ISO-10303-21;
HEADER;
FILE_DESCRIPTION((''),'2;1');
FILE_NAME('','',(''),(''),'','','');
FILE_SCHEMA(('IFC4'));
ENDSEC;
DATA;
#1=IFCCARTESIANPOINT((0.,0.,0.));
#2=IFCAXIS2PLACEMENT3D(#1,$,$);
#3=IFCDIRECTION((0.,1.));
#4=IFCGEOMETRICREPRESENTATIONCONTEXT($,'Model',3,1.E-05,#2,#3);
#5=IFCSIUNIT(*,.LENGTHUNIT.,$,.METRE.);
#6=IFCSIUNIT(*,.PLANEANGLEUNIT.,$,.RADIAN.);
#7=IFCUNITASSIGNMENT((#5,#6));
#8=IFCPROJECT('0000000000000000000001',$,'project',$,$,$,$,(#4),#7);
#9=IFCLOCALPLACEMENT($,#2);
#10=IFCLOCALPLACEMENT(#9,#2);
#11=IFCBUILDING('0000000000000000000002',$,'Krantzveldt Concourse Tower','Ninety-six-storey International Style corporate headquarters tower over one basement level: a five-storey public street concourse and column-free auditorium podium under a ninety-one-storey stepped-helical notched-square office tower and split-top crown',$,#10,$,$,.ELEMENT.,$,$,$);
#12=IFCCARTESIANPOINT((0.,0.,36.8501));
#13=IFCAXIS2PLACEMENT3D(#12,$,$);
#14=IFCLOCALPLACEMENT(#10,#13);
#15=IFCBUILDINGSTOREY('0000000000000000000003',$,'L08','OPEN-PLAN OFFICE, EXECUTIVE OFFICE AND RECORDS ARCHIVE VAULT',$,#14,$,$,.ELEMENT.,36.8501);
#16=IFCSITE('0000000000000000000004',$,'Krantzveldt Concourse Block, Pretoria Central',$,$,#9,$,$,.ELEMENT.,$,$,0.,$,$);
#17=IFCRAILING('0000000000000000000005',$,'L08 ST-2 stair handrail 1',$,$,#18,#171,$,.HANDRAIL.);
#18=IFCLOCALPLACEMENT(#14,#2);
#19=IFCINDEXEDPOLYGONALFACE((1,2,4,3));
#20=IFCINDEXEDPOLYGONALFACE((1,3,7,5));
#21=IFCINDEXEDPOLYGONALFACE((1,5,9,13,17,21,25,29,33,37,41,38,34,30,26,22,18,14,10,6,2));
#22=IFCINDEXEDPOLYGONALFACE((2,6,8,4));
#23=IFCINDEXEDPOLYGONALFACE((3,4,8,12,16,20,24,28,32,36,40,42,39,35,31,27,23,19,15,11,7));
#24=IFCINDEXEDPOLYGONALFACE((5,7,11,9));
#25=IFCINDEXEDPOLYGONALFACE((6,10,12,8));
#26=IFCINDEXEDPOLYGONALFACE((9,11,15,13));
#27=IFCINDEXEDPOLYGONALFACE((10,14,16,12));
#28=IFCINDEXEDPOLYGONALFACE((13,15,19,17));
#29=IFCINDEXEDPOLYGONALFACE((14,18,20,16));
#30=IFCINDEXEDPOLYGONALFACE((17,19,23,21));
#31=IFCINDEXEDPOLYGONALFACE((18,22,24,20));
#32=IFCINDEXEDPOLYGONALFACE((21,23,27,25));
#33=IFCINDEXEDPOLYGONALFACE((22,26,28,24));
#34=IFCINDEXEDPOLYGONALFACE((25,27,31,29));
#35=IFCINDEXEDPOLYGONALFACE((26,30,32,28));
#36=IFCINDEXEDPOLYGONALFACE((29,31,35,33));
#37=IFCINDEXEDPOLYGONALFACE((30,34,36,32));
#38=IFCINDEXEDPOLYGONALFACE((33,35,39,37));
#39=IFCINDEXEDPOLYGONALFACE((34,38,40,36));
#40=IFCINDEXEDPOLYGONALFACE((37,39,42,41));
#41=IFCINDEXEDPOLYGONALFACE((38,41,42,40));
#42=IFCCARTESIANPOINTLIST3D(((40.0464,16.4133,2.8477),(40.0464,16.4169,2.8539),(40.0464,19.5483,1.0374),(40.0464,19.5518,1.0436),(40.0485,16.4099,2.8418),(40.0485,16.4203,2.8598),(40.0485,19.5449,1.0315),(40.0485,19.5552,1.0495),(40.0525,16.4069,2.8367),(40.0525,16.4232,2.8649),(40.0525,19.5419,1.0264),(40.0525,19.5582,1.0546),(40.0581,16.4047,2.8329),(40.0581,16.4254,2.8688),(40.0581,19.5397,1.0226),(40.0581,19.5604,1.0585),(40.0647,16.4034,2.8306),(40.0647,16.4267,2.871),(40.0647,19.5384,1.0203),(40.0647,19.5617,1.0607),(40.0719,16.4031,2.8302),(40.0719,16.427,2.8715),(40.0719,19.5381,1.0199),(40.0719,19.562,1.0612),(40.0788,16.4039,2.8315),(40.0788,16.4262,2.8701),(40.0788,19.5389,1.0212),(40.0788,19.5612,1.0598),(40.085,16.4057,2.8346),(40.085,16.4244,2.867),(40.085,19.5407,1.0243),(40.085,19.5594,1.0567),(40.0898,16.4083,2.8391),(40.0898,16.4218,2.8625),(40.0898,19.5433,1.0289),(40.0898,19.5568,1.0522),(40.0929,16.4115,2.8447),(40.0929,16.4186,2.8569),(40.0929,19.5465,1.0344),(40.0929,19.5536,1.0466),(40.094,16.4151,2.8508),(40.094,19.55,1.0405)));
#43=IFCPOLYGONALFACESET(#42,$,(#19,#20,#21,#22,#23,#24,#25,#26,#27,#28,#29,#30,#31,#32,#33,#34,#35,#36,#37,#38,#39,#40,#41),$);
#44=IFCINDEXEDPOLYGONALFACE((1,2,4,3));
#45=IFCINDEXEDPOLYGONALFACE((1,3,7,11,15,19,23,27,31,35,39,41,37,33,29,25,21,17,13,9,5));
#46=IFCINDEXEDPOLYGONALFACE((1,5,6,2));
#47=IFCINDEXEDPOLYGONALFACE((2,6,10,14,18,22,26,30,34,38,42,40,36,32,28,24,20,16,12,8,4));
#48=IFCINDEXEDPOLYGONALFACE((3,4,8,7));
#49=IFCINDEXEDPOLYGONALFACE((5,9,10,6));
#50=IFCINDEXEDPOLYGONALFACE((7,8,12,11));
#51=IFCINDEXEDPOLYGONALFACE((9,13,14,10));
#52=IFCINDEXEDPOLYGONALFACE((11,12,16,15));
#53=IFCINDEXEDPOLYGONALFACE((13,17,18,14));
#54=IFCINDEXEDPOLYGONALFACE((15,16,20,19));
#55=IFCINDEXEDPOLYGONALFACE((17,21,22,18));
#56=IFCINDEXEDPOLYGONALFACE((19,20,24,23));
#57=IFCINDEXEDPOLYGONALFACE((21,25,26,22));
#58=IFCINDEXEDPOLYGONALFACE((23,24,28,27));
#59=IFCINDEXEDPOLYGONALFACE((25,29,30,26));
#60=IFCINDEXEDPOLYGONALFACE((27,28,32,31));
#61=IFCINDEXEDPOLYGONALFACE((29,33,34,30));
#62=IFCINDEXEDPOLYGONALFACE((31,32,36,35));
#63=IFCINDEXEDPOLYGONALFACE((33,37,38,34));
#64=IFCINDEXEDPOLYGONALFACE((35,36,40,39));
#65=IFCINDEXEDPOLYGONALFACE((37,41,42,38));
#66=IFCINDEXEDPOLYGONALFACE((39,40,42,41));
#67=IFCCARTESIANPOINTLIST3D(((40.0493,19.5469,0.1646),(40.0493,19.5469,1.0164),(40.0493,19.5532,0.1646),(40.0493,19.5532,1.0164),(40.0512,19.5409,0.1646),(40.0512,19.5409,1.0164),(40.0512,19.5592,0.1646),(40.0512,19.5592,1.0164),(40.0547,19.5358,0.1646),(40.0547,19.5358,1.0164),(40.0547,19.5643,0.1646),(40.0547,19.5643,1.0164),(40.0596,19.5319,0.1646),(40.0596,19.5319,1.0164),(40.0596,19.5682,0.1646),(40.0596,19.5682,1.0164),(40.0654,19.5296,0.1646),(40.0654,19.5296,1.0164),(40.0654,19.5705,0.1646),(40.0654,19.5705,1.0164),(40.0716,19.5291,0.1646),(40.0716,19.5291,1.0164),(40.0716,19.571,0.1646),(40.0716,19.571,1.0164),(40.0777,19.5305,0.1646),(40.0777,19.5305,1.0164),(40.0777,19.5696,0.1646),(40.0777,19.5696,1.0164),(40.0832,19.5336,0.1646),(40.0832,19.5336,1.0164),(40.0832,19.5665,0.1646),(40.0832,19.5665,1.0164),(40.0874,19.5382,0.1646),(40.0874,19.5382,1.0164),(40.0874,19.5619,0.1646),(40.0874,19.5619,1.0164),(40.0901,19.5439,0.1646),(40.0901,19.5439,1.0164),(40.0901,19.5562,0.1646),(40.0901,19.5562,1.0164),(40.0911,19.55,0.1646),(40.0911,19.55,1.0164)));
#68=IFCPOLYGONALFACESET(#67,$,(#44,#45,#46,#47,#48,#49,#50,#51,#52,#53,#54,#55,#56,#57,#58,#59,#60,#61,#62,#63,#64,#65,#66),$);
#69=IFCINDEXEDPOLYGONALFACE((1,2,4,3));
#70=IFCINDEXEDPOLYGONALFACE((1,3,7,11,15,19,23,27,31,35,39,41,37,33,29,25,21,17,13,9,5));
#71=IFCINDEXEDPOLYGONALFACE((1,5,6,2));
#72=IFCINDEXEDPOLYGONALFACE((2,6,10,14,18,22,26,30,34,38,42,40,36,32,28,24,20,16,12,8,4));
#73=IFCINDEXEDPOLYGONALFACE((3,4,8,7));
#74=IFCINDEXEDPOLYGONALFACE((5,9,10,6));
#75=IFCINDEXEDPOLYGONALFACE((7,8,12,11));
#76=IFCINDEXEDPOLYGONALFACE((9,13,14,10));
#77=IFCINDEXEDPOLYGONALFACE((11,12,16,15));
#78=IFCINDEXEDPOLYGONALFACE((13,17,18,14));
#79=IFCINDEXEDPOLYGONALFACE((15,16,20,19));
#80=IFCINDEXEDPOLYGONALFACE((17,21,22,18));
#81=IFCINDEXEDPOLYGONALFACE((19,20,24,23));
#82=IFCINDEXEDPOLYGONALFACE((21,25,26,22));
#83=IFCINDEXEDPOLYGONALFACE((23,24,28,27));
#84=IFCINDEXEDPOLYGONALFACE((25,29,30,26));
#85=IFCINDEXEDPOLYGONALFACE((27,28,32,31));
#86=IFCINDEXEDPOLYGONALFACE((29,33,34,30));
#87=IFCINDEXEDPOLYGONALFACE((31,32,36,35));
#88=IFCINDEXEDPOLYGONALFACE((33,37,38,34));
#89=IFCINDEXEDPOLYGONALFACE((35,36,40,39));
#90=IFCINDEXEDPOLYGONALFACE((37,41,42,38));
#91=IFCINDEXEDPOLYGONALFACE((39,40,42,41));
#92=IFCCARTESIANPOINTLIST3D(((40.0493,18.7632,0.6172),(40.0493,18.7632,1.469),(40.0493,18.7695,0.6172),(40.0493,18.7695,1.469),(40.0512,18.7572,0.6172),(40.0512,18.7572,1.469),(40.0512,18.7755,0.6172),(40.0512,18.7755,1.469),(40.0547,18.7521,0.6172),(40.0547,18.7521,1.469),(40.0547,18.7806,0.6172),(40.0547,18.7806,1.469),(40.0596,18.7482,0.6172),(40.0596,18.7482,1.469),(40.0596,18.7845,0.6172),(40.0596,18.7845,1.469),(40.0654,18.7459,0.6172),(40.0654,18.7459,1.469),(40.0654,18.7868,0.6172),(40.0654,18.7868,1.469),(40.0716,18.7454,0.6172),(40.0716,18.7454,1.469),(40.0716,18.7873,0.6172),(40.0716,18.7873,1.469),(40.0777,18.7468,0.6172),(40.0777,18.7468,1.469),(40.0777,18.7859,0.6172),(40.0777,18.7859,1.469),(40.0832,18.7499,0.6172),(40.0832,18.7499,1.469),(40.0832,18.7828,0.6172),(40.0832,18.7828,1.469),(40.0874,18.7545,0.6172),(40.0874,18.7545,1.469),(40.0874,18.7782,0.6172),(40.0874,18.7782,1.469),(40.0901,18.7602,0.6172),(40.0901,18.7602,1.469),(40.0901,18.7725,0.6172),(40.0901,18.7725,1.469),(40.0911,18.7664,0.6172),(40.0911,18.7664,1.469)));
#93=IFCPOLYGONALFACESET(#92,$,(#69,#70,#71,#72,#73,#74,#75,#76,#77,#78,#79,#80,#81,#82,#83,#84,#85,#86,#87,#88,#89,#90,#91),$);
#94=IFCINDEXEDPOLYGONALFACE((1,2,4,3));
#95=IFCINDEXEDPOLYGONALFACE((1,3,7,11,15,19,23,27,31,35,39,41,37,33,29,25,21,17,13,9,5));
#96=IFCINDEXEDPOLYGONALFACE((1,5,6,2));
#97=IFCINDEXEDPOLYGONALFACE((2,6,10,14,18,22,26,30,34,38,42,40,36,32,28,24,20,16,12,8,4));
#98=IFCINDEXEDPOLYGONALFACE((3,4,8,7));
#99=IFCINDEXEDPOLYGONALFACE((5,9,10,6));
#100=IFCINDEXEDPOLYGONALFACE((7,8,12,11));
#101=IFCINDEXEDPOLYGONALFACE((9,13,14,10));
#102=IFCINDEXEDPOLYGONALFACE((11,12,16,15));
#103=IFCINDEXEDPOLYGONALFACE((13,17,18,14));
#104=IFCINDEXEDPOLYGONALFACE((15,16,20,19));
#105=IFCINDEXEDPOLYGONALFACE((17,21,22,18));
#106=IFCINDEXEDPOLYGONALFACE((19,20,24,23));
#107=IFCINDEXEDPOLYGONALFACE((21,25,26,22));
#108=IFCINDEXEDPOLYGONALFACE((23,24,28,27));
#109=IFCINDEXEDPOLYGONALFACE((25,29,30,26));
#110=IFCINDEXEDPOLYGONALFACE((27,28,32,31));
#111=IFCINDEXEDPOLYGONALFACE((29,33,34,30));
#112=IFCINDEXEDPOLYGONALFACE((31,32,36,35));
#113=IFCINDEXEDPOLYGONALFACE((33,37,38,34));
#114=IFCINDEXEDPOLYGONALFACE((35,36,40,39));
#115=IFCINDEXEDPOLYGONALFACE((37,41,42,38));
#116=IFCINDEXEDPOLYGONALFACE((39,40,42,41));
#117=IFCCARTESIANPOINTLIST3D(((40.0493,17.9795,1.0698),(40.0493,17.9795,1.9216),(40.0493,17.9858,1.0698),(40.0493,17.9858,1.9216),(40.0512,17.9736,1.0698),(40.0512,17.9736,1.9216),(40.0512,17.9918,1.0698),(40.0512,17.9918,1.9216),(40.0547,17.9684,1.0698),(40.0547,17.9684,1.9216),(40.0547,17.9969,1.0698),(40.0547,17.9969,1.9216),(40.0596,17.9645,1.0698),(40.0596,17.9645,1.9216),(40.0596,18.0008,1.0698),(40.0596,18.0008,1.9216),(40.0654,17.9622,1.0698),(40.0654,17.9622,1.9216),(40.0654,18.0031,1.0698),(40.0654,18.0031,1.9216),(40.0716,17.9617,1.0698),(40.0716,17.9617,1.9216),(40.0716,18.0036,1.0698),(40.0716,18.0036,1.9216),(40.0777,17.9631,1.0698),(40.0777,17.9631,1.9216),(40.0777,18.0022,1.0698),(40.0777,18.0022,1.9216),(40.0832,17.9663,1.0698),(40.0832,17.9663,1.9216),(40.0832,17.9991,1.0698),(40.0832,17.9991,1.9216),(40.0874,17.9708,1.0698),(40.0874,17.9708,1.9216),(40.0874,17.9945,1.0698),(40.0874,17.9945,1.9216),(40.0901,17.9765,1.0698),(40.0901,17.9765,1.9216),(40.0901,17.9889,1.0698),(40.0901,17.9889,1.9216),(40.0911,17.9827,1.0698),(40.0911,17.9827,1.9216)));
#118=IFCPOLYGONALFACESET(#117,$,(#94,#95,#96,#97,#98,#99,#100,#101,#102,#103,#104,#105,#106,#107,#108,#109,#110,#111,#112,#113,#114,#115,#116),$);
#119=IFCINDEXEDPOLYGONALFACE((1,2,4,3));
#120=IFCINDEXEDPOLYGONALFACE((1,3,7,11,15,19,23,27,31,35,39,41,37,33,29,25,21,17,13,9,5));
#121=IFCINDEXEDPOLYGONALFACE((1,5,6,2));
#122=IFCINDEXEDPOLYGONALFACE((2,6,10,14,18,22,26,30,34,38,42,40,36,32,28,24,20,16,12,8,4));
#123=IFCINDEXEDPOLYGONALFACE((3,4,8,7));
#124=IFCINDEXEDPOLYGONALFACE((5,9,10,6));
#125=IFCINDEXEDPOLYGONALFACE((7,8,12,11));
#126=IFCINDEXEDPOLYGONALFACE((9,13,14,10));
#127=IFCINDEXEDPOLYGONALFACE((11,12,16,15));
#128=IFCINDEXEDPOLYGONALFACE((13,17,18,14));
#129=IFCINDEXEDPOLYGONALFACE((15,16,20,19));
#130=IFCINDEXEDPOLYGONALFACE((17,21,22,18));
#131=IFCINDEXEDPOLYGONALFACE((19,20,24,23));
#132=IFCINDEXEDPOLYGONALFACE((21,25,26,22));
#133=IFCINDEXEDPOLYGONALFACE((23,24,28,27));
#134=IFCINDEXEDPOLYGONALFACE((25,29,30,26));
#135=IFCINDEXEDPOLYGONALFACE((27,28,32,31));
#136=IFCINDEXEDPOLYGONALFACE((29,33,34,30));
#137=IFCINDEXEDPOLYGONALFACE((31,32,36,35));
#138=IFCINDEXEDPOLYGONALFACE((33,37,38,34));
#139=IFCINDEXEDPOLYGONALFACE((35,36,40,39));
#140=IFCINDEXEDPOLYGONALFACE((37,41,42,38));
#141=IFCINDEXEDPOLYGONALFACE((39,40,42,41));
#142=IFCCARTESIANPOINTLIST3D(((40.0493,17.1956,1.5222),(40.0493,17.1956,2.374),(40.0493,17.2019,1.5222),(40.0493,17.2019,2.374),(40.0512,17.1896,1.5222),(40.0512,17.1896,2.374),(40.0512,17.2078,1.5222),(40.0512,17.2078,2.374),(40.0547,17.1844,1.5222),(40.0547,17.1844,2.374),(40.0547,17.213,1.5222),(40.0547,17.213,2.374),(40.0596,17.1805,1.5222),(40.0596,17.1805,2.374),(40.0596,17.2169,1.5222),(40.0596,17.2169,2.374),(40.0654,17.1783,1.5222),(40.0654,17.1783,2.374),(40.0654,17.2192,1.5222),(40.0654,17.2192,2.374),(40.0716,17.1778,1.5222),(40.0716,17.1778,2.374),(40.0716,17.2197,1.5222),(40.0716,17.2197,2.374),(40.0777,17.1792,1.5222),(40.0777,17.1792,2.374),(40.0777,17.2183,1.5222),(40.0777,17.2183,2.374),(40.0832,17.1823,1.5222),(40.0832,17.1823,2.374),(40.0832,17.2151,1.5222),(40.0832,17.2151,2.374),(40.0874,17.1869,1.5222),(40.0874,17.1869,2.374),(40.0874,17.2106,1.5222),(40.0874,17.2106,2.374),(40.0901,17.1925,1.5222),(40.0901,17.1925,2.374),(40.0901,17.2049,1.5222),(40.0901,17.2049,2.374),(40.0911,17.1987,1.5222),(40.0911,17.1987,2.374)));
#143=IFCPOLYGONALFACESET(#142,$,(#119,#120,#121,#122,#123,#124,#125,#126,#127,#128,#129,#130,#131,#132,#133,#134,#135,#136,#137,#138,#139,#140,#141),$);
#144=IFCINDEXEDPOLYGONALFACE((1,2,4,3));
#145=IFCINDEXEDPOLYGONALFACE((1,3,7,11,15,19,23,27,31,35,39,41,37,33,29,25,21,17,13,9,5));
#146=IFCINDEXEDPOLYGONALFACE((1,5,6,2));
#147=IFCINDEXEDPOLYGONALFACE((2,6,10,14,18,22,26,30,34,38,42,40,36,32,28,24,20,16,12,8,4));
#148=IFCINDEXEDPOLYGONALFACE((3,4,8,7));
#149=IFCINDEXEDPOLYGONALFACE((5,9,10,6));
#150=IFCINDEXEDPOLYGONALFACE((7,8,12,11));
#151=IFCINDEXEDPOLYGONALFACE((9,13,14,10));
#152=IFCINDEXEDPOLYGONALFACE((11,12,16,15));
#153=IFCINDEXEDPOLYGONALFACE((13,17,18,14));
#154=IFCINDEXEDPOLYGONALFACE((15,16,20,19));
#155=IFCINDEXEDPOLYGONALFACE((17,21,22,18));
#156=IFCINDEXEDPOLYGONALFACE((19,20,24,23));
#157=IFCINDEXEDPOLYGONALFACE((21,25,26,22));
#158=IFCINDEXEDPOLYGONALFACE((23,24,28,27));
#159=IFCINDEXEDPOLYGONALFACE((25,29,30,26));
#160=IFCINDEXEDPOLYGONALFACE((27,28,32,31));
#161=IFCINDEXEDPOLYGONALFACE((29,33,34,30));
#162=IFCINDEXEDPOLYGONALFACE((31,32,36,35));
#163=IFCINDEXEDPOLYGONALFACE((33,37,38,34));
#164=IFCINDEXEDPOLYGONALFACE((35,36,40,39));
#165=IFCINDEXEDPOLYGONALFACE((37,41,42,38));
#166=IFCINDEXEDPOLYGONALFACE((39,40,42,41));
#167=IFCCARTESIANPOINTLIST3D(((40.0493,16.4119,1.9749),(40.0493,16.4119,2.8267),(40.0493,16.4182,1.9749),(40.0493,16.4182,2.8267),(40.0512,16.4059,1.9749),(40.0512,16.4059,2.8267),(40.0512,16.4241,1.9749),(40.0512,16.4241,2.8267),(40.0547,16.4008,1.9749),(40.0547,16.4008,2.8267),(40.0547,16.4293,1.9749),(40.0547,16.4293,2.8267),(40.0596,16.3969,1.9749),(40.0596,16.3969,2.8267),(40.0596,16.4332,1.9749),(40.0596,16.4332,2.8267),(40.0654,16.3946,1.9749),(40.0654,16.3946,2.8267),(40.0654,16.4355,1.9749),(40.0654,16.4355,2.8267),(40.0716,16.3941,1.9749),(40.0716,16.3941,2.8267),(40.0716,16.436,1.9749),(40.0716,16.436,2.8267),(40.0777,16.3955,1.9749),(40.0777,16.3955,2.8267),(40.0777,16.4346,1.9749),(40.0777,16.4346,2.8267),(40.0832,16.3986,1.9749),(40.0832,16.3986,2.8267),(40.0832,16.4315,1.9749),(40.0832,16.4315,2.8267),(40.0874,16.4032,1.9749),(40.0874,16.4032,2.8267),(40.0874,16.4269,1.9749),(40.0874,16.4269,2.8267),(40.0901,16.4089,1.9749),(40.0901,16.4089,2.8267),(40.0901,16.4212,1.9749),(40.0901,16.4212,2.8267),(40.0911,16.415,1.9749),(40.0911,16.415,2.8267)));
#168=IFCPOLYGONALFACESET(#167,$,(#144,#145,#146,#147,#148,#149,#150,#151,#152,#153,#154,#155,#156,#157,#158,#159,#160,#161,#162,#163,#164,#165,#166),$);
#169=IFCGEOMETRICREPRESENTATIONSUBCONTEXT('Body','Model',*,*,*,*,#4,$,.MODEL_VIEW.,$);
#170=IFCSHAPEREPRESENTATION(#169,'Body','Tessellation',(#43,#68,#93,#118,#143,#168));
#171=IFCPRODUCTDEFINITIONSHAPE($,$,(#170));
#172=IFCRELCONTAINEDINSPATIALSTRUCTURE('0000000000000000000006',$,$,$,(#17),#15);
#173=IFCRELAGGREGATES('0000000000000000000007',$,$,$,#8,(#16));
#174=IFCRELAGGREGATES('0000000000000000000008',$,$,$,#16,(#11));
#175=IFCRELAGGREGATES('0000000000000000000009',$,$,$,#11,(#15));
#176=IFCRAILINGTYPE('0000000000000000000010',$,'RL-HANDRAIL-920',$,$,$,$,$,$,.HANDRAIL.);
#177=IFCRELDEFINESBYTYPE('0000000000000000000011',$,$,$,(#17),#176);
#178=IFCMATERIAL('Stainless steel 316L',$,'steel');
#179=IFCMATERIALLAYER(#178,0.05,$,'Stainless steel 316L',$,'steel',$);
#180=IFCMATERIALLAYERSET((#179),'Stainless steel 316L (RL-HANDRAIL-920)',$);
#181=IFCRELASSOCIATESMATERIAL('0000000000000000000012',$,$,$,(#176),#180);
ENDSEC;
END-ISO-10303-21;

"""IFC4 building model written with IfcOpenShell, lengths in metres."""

from ifc_helpers import new_model, si_unit, direction, frame, origin, origin_2d, place, context, subcontext, project, spatial, circle, extrude, material, layer, layer_set, type_object, element, save


model = new_model("IFC4")

# Units and contexts
model_context = context("Model", 3, precision=1e-05, world=origin(), true_north=direction((0.0, 1.0)))
body_context = subcontext(model_context, "Body", "Model", "MODEL_VIEW")
ifc_project = project(units=[si_unit("LENGTHUNIT", "METRE"), si_unit("PLANEANGLEUNIT", "RADIAN")], contexts=[model_context])

# Site, building, storey
site_placement = place(None, origin())
site = spatial("IfcSite", under=ifc_project, at=site_placement, Name="Krantzveldt Concourse Block, Pretoria Central", CompositionType="ELEMENT", RefElevation=0.0)
building_placement = place(site_placement, origin())
building = spatial("IfcBuilding", under=site, at=building_placement, Name="Krantzveldt Concourse Tower", Description="Ninety-six-storey International Style corporate headquarters tower over one basement level: a five-storey public street concourse and column-free auditorium podium under a ninety-one-storey stepped-helical notched-square office tower and split-top crown", CompositionType="ELEMENT")
storey_placement = place(building_placement, frame((0.0, 0.0, 36.8501)))
storey = spatial("IfcBuildingStorey", under=building, at=storey_placement, Name="L08", Description="OPEN-PLAN OFFICE, EXECUTIVE OFFICE AND RECORDS ARCHIVE VAULT", CompositionType="ELEMENT", Elevation=36.8501)

# Shared definitions
ifc_material_1 = material(Name="Stainless steel 316L", Category="steel")

# Railing
ifc_layer_1 = layer(ifc_material_1, 0.05, Name="Stainless steel 316L", Category="steel")
ifc_layer_set_1 = layer_set([ifc_layer_1], Name="Stainless steel 316L (RL-HANDRAIL-920)")
railing_type_1 = type_object("IfcRailingType", Name="RL-HANDRAIL-920", PredefinedType="HANDRAIL", material=ifc_layer_set_1)
railing_1_placement = place(storey_placement, frame((40.0701, 19.55, 0.1646)))
element("IfcRailing", 1, at=railing_1_placement, inside=storey, type_object=railing_type_1, Name="L08 ST-2 stair handrail 1", PredefinedType="HANDRAIL", context=body_context, shape_type="SweptSolid", body=[
    extrude(circle(Radius=0.0239, at=origin_2d()), frame((0.0, 0.0, 0.876), z_axis=(0.0, -0.865989, 0.500063), x_axis=(1.0, 0.0, 0.0)), (0.0, 0.0, 1.0), 3.6201),
    extrude(circle(Radius=0.021, at=origin_2d()), origin(), (0.0, 0.0, 1.0), 0.8518),
    extrude(circle(Radius=0.021, at=origin_2d()), frame((0.0, -0.7837, 0.4526)), (0.0, 0.0, 1.0), 0.8518),
    extrude(circle(Radius=0.021, at=origin_2d()), frame((0.0, -1.5674, 0.9053)), (0.0, 0.0, 1.0), 0.8518),
    extrude(circle(Radius=0.021, at=origin_2d()), frame((0.0, -2.3513, 1.3577)), (0.0, 0.0, 1.0), 0.8518),
    extrude(circle(Radius=0.021, at=origin_2d()), frame((0.0, -3.135, 1.8103)), (0.0, 0.0, 1.0), 0.8518),
])

save(model, "model.ifc")
